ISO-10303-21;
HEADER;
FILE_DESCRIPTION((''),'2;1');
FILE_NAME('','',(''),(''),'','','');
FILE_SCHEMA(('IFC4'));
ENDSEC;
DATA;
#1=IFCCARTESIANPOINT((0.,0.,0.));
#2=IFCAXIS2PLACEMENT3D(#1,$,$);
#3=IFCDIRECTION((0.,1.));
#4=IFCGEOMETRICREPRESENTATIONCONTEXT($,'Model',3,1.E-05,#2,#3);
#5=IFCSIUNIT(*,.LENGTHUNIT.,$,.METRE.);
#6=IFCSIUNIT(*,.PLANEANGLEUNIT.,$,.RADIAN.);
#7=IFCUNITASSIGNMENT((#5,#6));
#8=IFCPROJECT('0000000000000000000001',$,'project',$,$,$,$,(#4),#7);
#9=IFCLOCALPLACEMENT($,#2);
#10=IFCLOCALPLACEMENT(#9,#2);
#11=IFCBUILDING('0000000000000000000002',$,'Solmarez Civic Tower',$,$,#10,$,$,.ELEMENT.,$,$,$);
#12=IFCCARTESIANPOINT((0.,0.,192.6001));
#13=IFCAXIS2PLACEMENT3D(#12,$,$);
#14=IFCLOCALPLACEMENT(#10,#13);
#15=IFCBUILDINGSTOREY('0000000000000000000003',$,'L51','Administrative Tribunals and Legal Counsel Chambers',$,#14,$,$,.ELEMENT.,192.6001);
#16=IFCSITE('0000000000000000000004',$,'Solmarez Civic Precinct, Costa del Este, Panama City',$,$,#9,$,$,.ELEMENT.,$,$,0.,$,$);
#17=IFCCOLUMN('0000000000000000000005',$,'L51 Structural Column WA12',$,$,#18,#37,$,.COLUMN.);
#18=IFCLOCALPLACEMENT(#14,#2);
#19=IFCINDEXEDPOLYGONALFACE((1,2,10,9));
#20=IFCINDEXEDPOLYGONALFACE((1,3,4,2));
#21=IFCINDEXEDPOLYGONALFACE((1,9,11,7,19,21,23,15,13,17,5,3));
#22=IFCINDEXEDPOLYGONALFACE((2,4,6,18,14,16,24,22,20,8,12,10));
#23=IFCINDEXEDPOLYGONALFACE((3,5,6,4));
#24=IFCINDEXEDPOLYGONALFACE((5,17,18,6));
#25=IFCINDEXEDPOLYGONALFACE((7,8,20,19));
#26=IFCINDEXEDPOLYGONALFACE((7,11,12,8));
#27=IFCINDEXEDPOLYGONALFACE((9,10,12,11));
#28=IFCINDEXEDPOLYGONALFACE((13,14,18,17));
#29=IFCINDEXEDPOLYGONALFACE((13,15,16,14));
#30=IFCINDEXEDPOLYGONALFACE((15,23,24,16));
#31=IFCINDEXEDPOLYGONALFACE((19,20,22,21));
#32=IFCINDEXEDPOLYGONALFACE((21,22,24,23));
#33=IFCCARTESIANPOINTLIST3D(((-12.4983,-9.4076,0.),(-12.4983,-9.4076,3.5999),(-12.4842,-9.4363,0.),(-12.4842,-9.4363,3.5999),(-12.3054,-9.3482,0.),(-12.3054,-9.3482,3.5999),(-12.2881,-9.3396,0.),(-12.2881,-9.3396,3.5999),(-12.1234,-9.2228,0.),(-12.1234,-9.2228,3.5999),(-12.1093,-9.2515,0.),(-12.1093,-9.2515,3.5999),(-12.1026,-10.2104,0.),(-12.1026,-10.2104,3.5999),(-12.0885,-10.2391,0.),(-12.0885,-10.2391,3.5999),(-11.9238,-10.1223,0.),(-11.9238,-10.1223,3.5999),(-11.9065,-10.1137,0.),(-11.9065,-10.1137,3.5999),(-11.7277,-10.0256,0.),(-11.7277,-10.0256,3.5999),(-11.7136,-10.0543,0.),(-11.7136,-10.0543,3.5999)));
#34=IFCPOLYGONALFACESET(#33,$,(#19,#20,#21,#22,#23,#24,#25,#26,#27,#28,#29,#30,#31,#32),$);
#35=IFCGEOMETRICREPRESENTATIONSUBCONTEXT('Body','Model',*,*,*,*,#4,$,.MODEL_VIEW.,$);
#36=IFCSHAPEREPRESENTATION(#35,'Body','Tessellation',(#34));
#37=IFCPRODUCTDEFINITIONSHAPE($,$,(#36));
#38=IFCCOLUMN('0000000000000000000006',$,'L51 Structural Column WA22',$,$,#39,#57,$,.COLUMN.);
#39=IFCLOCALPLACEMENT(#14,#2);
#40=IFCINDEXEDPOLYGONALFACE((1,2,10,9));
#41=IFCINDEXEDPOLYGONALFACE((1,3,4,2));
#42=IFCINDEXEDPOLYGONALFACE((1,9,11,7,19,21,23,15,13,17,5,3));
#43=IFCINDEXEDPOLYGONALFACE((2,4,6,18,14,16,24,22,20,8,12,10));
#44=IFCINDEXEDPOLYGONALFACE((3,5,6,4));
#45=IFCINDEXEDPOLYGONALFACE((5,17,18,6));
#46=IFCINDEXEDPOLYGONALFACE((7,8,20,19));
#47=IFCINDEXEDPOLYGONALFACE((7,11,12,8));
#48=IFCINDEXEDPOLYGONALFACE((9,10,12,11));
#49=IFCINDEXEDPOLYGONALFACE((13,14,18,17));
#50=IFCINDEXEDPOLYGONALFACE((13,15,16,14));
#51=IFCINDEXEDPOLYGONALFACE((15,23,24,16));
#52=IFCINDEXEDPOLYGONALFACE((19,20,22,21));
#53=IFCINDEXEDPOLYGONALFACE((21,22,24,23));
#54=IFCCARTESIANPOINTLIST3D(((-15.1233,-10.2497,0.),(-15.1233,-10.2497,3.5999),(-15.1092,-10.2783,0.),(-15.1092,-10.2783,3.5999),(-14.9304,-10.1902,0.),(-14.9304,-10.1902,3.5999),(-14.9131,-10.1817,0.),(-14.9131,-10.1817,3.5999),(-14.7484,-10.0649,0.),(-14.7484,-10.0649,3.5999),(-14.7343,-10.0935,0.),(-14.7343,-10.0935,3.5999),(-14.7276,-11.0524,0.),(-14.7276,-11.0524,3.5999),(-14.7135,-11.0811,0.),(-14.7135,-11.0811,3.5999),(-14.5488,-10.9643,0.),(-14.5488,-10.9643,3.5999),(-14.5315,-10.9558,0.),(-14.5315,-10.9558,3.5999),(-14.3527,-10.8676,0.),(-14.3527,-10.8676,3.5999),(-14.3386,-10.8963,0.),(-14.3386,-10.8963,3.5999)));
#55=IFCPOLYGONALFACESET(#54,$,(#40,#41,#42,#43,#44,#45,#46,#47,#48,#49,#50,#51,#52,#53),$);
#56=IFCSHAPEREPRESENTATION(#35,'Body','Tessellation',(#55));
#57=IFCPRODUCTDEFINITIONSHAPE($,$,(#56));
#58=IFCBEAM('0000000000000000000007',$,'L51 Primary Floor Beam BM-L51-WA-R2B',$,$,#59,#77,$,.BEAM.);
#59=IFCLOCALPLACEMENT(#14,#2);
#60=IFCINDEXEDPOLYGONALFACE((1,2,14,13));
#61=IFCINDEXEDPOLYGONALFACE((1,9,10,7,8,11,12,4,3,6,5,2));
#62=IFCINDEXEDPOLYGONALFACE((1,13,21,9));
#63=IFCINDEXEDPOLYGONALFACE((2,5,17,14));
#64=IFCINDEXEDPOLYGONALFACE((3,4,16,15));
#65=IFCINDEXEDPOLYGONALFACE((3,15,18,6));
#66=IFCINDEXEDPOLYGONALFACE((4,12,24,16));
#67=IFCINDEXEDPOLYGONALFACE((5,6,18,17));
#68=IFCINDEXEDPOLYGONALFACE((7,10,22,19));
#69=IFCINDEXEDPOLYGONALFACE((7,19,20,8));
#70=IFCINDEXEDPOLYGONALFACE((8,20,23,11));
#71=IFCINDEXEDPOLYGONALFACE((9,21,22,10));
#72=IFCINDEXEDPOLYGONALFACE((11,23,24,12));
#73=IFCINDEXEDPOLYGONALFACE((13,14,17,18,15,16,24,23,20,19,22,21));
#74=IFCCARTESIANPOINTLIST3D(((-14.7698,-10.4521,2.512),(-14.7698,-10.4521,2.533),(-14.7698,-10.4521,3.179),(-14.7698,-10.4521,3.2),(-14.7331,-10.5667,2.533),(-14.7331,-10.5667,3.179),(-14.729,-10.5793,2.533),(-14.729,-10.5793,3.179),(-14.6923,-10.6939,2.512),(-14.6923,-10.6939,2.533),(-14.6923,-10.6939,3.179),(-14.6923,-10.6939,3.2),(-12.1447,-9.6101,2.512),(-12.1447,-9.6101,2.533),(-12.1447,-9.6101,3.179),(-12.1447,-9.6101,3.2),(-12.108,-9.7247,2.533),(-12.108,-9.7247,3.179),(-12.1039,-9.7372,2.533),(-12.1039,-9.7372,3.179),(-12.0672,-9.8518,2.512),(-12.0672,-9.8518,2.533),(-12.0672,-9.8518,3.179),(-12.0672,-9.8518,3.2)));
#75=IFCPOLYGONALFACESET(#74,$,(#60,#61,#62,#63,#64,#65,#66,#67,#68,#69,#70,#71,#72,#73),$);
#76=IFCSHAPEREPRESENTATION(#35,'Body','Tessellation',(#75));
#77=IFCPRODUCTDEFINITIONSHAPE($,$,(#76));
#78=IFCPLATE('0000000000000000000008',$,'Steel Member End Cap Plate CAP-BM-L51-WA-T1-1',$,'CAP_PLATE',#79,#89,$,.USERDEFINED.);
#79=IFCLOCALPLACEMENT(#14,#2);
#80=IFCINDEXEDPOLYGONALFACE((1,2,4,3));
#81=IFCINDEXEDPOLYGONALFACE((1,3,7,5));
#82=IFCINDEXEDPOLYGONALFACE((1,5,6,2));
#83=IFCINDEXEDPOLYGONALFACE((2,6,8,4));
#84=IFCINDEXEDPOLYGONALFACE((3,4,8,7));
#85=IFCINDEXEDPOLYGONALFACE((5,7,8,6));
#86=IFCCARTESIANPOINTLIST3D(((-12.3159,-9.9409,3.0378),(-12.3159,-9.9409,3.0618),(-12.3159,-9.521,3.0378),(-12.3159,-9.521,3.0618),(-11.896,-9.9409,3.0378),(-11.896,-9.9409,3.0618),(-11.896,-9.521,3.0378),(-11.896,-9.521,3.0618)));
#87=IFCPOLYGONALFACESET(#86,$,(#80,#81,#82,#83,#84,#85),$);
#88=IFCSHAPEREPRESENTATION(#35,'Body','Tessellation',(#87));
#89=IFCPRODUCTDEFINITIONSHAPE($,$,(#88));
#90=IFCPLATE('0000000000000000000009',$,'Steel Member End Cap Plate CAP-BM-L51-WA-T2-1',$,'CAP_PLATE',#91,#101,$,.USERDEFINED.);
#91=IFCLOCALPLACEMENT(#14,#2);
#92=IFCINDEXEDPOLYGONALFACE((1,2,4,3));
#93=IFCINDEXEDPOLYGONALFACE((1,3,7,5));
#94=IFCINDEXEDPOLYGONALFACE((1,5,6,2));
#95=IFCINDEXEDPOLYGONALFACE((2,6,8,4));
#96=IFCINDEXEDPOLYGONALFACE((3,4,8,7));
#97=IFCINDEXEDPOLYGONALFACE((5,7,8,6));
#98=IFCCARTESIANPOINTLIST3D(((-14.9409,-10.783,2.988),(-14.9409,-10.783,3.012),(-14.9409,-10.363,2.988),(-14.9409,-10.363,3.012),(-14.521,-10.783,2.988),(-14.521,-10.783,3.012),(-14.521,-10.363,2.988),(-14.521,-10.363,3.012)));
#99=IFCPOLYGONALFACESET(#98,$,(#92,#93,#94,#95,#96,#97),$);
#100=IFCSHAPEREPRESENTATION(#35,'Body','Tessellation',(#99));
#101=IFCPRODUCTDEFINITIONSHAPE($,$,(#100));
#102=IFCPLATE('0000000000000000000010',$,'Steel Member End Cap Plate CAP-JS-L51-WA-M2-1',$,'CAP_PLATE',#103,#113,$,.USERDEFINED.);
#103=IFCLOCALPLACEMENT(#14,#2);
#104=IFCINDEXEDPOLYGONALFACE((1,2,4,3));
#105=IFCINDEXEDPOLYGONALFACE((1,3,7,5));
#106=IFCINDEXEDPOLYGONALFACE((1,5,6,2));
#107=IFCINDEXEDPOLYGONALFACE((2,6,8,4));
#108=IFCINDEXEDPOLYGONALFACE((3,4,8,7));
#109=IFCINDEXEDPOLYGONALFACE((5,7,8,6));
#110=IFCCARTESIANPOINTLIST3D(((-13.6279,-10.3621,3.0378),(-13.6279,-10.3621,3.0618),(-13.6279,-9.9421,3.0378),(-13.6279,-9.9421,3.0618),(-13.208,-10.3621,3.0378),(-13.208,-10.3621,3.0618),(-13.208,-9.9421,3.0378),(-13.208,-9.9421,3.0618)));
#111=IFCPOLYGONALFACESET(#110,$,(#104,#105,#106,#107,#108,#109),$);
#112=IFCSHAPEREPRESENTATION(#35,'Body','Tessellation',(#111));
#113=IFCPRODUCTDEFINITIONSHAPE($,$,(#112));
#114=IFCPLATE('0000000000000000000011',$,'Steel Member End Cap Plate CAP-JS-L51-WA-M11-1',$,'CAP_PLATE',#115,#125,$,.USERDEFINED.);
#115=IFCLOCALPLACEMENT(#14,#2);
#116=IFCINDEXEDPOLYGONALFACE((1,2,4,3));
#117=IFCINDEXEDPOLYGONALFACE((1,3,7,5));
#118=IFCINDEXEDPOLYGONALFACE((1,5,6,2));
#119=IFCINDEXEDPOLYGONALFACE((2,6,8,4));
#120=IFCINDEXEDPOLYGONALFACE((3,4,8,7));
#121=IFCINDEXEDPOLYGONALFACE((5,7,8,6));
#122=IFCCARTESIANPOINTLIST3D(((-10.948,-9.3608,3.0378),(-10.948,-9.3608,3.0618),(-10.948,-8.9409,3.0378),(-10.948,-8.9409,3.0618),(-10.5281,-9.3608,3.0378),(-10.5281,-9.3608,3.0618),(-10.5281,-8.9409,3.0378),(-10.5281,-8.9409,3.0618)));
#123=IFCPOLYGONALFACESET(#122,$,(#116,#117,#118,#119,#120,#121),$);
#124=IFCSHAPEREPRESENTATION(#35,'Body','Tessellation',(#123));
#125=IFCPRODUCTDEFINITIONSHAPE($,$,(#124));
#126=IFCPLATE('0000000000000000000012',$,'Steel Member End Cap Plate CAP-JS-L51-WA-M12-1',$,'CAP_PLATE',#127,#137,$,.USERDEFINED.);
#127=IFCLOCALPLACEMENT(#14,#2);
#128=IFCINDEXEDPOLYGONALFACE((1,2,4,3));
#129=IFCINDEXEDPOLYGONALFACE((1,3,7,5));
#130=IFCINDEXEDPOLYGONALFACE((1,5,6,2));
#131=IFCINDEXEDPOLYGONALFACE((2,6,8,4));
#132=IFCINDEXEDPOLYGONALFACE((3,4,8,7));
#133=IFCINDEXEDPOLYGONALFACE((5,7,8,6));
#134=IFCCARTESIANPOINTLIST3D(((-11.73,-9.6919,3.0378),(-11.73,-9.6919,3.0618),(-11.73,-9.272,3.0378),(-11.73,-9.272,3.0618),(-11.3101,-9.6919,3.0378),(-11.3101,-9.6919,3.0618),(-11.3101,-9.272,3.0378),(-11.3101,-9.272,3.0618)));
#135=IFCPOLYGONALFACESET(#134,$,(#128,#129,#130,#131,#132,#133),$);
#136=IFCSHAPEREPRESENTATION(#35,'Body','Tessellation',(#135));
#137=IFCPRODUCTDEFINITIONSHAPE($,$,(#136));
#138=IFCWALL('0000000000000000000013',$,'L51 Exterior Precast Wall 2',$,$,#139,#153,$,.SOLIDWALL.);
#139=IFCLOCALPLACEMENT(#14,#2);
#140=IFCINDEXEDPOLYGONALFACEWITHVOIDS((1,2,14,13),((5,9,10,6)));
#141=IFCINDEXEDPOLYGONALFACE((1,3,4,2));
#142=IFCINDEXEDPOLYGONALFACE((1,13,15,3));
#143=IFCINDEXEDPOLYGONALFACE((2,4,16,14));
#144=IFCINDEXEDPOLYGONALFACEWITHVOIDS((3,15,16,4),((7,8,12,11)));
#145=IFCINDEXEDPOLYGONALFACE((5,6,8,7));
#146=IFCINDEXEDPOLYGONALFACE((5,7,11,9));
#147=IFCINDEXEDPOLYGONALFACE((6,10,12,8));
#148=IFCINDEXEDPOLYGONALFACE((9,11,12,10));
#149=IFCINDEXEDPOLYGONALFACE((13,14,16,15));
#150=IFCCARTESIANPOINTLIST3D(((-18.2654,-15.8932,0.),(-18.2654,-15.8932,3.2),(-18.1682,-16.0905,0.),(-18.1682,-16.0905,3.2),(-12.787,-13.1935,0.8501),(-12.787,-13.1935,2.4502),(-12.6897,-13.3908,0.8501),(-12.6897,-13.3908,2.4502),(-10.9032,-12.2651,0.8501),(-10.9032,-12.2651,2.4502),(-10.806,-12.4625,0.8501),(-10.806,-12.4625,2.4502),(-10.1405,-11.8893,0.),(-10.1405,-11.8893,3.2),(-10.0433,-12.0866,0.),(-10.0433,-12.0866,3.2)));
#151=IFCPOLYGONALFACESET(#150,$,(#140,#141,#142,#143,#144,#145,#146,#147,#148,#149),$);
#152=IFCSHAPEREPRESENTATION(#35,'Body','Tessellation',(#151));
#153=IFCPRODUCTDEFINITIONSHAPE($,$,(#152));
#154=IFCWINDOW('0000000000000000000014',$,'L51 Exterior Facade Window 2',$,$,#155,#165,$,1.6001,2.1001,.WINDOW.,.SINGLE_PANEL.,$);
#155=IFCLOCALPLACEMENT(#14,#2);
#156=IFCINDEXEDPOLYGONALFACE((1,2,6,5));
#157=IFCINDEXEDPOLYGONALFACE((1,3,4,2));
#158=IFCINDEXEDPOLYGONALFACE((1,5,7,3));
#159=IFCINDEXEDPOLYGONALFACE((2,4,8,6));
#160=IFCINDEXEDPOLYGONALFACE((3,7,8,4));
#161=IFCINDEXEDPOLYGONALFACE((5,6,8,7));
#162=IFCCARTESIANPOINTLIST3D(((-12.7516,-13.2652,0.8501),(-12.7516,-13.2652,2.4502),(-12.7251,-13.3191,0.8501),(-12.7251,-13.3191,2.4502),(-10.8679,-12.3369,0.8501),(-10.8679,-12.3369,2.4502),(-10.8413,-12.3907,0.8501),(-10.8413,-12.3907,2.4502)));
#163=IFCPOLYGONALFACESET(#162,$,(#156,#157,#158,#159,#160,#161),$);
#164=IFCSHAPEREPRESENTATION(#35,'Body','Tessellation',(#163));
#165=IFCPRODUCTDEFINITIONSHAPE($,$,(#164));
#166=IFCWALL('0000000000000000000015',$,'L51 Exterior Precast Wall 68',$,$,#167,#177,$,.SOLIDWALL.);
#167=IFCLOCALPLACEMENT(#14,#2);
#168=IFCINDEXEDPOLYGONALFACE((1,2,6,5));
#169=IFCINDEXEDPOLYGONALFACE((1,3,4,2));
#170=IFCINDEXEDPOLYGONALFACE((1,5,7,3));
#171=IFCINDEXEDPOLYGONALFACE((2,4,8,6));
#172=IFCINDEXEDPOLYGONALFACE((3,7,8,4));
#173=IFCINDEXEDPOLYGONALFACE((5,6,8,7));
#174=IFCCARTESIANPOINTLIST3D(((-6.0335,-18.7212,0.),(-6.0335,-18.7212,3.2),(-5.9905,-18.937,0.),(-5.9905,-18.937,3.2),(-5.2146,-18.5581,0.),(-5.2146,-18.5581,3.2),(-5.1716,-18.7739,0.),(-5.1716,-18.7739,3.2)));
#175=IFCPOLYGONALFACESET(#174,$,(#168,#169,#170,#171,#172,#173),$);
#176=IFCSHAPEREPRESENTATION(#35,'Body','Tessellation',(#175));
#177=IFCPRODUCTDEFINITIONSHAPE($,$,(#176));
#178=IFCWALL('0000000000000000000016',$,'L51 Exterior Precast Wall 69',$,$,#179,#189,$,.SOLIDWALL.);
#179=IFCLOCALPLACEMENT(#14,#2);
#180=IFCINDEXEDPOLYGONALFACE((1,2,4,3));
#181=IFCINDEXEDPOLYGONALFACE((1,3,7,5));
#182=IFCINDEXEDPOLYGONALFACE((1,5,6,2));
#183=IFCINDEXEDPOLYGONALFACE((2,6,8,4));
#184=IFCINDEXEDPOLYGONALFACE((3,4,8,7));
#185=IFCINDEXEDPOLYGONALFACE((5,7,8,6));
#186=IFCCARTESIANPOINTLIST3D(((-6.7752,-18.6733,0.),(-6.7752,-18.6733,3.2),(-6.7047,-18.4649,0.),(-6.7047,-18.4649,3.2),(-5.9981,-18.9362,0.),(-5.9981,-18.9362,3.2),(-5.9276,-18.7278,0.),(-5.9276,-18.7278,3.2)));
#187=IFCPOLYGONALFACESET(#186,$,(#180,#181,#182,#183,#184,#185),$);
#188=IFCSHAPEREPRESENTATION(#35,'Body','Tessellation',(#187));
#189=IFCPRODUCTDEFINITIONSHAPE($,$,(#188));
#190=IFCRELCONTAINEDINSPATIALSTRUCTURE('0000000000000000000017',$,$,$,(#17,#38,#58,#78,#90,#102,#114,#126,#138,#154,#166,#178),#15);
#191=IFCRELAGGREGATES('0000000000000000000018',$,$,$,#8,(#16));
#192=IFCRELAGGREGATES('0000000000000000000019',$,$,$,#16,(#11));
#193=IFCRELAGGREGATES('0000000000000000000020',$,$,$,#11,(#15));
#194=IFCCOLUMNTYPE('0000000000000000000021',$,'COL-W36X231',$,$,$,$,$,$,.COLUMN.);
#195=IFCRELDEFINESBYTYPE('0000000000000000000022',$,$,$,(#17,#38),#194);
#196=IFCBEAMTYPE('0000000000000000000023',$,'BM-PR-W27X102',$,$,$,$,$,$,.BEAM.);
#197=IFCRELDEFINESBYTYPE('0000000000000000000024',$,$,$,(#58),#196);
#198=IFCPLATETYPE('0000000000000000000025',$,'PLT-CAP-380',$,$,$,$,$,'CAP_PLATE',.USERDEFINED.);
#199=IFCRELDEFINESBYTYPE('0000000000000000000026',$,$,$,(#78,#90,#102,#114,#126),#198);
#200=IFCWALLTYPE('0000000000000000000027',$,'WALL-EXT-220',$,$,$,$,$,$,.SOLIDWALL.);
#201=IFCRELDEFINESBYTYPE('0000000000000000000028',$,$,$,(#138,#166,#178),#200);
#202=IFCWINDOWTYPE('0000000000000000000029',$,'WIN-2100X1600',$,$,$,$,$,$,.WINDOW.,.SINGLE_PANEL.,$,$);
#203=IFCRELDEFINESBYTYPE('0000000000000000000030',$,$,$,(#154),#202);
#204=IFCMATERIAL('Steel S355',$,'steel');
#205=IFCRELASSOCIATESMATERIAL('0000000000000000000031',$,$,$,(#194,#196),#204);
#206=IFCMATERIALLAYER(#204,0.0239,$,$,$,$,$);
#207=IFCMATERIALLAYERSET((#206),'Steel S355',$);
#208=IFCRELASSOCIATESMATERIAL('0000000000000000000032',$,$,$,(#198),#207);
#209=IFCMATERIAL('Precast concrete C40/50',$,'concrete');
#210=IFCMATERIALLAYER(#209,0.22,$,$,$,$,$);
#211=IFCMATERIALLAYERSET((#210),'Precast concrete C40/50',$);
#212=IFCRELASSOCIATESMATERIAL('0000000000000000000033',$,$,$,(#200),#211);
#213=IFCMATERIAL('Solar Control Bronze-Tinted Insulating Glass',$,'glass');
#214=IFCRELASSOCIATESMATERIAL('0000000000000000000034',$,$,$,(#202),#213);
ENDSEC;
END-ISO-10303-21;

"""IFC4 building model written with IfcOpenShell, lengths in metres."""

from ifc_helpers import new_model, si_unit, direction, frame, frame_2d, origin, origin_2d, place, context, subcontext, project, spatial, rectangle, i_section, extrude, material, layer, layer_set, material_profile, profile_set, type_object, element, fill, save


model = new_model("IFC4")

# Units and contexts
model_context = context("Model", 3, precision=1e-05, world=origin(), true_north=direction((0.0, 1.0)))
body_context = subcontext(model_context, "Body", "Model", "MODEL_VIEW")
ifc_project = project(units=[si_unit("LENGTHUNIT", "METRE"), si_unit("PLANEANGLEUNIT", "RADIAN")], contexts=[model_context])

# Site, building, storey
site_placement = place(None, origin())
site = spatial("IfcSite", under=ifc_project, at=site_placement, Name="Solmarez Civic Precinct, Costa del Este, Panama City", CompositionType="ELEMENT", RefElevation=0.0)
building_placement = place(site_placement, origin())
building = spatial("IfcBuilding", under=site, at=building_placement, Name="Solmarez Civic Tower", CompositionType="ELEMENT")
storey_placement = place(building_placement, frame((0.0, 0.0, 192.6001)))
storey = spatial("IfcBuildingStorey", under=building, at=storey_placement, Name="L51", Description="Administrative Tribunals and Legal Counsel Chambers", CompositionType="ELEMENT", Elevation=192.6001)

# Columns
ifc_material_1 = material(Name="Steel S355", Category="steel")
ifc_material_profile_1 = material_profile(ifc_material_1, i_section(OverallWidth=0.418, OverallDepth=0.927, WebThickness=0.0193, FlangeThickness=0.032, at=origin_2d()), Name="W36X231")
ifc_profile_set_1 = profile_set([ifc_material_profile_1], Name="Steel S355")
column_type = type_object("IfcColumnType", Name="COL-W36X231", PredefinedType="COLUMN", material=ifc_profile_set_1)
for number, where, z_axis, x_axis, name in (
    (1, (-12.106, -9.731, 0.0), (0.0, 0.0, 1.0), (0.89695, 0.442132, 0.0), "L51 Structural Column WA12"),
    (2, (-14.731, -10.573, 0.0), (0.0, 0.0, 1.0), (0.89695, 0.442132, 0.0), "L51 Structural Column WA22"),
):
    element("IfcColumn", number, at=place(storey_placement, frame(where, z_axis=z_axis, x_axis=x_axis)), inside=storey, type_object=column_type, Name=name, PredefinedType="COLUMN", context=body_context, shape_type="SweptSolid", body=[
        extrude(i_section(OverallWidth=0.418, OverallDepth=0.927, WebThickness=0.0193, FlangeThickness=0.032, at=origin_2d()), origin(), (0.0, 0.0, 1.0), 3.5999),
    ])

# Beam
ifc_material_profile_2 = material_profile(ifc_material_1, i_section(OverallWidth=0.2539, OverallDepth=0.688, WebThickness=0.0132, FlangeThickness=0.021, at=origin_2d()), Name="W27X102")
ifc_profile_set_2 = profile_set([ifc_material_profile_2], Name="Steel S355")
beam_type = type_object("IfcBeamType", Name="BM-PR-W27X102", PredefinedType="BEAM", material=ifc_profile_set_2)
beam_placement = place(storey_placement, frame((-12.106, -9.731, 2.856), z_axis=(-0.952209, -0.305447, 0.0), x_axis=(0.305447, -0.952209, 0.0)))
element("IfcBeam", 3, at=beam_placement, inside=storey, type_object=beam_type, Name="L51 Primary Floor Beam BM-L51-WA-R2B", PredefinedType="BEAM", context=body_context, shape_type="SweptSolid", body=[
    extrude(i_section(OverallWidth=0.2539, OverallDepth=0.688, WebThickness=0.0132, FlangeThickness=0.021, at=origin_2d()), origin(), (0.0, 0.0, 1.0), 2.7568),
])

# Plates
ifc_layer_1 = layer(ifc_material_1, 0.0239)
ifc_layer_set_1 = layer_set([ifc_layer_1], Name="Steel S355")
plate_type = type_object("IfcPlateType", Name="PLT-CAP-380", ElementType="CAP_PLATE", PredefinedType="USERDEFINED", material=ifc_layer_set_1)
for number, where, z_axis, x_axis, name in (
    (4, (-12.106, -9.731, 3.0378), (0.0, 0.0, 1.0), (1.0, 0.0, 0.0), "Steel Member End Cap Plate CAP-BM-L51-WA-T1-1"),
    (5, (-14.731, -10.573, 2.988), (0.0, 0.0, 1.0), (1.0, 0.0, 0.0), "Steel Member End Cap Plate CAP-BM-L51-WA-T2-1"),
    (6, (-13.418, -10.1521, 3.0378), (0.0, 0.0, 1.0), (1.0, 0.0, 0.0), "Steel Member End Cap Plate CAP-JS-L51-WA-M2-1"),
    (7, (-10.738, -9.1509, 3.0378), (0.0, 0.0, 1.0), (1.0, 0.0, 0.0), "Steel Member End Cap Plate CAP-JS-L51-WA-M11-1"),
    (8, (-11.52, -9.4819, 3.0378), (0.0, 0.0, 1.0), (1.0, 0.0, 0.0), "Steel Member End Cap Plate CAP-JS-L51-WA-M12-1"),
):
    element("IfcPlate", number, at=place(storey_placement, frame(where, z_axis=z_axis, x_axis=x_axis)), inside=storey, type_object=plate_type, Name=name, ObjectType="CAP_PLATE", PredefinedType="USERDEFINED", context=body_context, shape_type="SweptSolid", body=[
        extrude(rectangle(XDim=0.4199, YDim=0.4199, at=origin_2d()), origin(), (0.0, 0.0, 1.0), 0.0239),
    ])

# Wall, opening, window
ifc_material_2 = material(Name="Precast concrete C40/50", Category="concrete")
ifc_layer_2 = layer(ifc_material_2, 0.22)
ifc_layer_set_2 = layer_set([ifc_layer_2], Name="Precast concrete C40/50")
wall_type_1 = type_object("IfcWallType", Name="WALL-EXT-220", PredefinedType="SOLIDWALL", material=ifc_layer_set_2)
wall_1_placement = place(storey_placement, frame((-10.092, -11.988, 0.0), z_axis=(0.0, 0.0, 1.0), x_axis=(-0.897, -0.442031, 0.0)))
wall_1 = element("IfcWall", 9, at=wall_1_placement, inside=storey, type_object=wall_type_1, Name="L51 Exterior Precast Wall 2", PredefinedType="SOLIDWALL", context=body_context, shape_type="SweptSolid", body=[
    extrude(rectangle(XDim=9.0579, YDim=0.22, at=frame_2d((4.5288, 0.0))), origin(), (0.0, 0.0, 1.0), 3.2),
])
opening_1_placement = place(wall_1_placement, frame((0.8501, 0.0, 0.8501)))
opening_1 = element("IfcOpeningElement", 10, at=opening_1_placement, cuts=wall_1, PredefinedType="OPENING", context=body_context, shape_type="SweptSolid", body=[
    extrude(rectangle(XDim=2.1001, YDim=1.6001, at=frame_2d((1.05, 0.8))), frame((0.0, 0.1199, 0.0), z_axis=(0.0, -1.0, 0.0), x_axis=(1.0, 0.0, 0.0)), (0.0, 0.0, 1.0), 0.24),
])
ifc_material_3 = material(Name="Solar Control Bronze-Tinted Insulating Glass", Category="glass")
window_type = type_object("IfcWindowType", Name="WIN-2100X1600", PartitioningType="SINGLE_PANEL", PredefinedType="WINDOW", material=ifc_material_3)
window_placement = place(opening_1_placement, origin())
window = element("IfcWindow", 11, at=window_placement, inside=storey, type_object=window_type, Name="L51 Exterior Facade Window 2", OverallHeight=1.6001, OverallWidth=2.1001, PartitioningType="SINGLE_PANEL", PredefinedType="WINDOW", context=body_context, shape_type="SweptSolid", body=[
    extrude(rectangle(XDim=2.1001, YDim=1.6001, at=frame_2d((1.05, 0.8))), frame((0.0, 0.03, 0.0), z_axis=(0.0, -1.0, 0.0), x_axis=(1.0, 0.0, 0.0)), (0.0, 0.0, 1.0), 0.0601),
])
fill(opening_1, window)

# Walls
wall_2_placement = place(storey_placement, frame((-5.1931, -18.666, 0.0), z_axis=(0.0, 0.0, 1.0), x_axis=(-0.980738, -0.195329, 0.0)))
element("IfcWall", 12, at=wall_2_placement, inside=storey, type_object=wall_type_1, Name="L51 Exterior Precast Wall 68", PredefinedType="SOLIDWALL", context=body_context, shape_type="SweptSolid", body=[
    extrude(rectangle(XDim=0.835, YDim=0.22, at=frame_2d((0.4175, 0.0))), origin(), (0.0, 0.0, 1.0), 3.2),
])
wall_3_placement = place(storey_placement, frame((-5.9629, -18.832, 0.0), z_axis=(0.0, 0.0, 1.0), x_axis=(-0.947245, 0.32051, 0.0)))
element("IfcWall", 13, at=wall_3_placement, inside=storey, type_object=wall_type_1, Name="L51 Exterior Precast Wall 69", PredefinedType="SOLIDWALL", context=body_context, shape_type="SweptSolid", body=[
    extrude(rectangle(XDim=0.8203, YDim=0.22, at=frame_2d((0.4102, 0.0))), origin(), (0.0, 0.0, 1.0), 3.2),
])

save(model, "model.ifc")
